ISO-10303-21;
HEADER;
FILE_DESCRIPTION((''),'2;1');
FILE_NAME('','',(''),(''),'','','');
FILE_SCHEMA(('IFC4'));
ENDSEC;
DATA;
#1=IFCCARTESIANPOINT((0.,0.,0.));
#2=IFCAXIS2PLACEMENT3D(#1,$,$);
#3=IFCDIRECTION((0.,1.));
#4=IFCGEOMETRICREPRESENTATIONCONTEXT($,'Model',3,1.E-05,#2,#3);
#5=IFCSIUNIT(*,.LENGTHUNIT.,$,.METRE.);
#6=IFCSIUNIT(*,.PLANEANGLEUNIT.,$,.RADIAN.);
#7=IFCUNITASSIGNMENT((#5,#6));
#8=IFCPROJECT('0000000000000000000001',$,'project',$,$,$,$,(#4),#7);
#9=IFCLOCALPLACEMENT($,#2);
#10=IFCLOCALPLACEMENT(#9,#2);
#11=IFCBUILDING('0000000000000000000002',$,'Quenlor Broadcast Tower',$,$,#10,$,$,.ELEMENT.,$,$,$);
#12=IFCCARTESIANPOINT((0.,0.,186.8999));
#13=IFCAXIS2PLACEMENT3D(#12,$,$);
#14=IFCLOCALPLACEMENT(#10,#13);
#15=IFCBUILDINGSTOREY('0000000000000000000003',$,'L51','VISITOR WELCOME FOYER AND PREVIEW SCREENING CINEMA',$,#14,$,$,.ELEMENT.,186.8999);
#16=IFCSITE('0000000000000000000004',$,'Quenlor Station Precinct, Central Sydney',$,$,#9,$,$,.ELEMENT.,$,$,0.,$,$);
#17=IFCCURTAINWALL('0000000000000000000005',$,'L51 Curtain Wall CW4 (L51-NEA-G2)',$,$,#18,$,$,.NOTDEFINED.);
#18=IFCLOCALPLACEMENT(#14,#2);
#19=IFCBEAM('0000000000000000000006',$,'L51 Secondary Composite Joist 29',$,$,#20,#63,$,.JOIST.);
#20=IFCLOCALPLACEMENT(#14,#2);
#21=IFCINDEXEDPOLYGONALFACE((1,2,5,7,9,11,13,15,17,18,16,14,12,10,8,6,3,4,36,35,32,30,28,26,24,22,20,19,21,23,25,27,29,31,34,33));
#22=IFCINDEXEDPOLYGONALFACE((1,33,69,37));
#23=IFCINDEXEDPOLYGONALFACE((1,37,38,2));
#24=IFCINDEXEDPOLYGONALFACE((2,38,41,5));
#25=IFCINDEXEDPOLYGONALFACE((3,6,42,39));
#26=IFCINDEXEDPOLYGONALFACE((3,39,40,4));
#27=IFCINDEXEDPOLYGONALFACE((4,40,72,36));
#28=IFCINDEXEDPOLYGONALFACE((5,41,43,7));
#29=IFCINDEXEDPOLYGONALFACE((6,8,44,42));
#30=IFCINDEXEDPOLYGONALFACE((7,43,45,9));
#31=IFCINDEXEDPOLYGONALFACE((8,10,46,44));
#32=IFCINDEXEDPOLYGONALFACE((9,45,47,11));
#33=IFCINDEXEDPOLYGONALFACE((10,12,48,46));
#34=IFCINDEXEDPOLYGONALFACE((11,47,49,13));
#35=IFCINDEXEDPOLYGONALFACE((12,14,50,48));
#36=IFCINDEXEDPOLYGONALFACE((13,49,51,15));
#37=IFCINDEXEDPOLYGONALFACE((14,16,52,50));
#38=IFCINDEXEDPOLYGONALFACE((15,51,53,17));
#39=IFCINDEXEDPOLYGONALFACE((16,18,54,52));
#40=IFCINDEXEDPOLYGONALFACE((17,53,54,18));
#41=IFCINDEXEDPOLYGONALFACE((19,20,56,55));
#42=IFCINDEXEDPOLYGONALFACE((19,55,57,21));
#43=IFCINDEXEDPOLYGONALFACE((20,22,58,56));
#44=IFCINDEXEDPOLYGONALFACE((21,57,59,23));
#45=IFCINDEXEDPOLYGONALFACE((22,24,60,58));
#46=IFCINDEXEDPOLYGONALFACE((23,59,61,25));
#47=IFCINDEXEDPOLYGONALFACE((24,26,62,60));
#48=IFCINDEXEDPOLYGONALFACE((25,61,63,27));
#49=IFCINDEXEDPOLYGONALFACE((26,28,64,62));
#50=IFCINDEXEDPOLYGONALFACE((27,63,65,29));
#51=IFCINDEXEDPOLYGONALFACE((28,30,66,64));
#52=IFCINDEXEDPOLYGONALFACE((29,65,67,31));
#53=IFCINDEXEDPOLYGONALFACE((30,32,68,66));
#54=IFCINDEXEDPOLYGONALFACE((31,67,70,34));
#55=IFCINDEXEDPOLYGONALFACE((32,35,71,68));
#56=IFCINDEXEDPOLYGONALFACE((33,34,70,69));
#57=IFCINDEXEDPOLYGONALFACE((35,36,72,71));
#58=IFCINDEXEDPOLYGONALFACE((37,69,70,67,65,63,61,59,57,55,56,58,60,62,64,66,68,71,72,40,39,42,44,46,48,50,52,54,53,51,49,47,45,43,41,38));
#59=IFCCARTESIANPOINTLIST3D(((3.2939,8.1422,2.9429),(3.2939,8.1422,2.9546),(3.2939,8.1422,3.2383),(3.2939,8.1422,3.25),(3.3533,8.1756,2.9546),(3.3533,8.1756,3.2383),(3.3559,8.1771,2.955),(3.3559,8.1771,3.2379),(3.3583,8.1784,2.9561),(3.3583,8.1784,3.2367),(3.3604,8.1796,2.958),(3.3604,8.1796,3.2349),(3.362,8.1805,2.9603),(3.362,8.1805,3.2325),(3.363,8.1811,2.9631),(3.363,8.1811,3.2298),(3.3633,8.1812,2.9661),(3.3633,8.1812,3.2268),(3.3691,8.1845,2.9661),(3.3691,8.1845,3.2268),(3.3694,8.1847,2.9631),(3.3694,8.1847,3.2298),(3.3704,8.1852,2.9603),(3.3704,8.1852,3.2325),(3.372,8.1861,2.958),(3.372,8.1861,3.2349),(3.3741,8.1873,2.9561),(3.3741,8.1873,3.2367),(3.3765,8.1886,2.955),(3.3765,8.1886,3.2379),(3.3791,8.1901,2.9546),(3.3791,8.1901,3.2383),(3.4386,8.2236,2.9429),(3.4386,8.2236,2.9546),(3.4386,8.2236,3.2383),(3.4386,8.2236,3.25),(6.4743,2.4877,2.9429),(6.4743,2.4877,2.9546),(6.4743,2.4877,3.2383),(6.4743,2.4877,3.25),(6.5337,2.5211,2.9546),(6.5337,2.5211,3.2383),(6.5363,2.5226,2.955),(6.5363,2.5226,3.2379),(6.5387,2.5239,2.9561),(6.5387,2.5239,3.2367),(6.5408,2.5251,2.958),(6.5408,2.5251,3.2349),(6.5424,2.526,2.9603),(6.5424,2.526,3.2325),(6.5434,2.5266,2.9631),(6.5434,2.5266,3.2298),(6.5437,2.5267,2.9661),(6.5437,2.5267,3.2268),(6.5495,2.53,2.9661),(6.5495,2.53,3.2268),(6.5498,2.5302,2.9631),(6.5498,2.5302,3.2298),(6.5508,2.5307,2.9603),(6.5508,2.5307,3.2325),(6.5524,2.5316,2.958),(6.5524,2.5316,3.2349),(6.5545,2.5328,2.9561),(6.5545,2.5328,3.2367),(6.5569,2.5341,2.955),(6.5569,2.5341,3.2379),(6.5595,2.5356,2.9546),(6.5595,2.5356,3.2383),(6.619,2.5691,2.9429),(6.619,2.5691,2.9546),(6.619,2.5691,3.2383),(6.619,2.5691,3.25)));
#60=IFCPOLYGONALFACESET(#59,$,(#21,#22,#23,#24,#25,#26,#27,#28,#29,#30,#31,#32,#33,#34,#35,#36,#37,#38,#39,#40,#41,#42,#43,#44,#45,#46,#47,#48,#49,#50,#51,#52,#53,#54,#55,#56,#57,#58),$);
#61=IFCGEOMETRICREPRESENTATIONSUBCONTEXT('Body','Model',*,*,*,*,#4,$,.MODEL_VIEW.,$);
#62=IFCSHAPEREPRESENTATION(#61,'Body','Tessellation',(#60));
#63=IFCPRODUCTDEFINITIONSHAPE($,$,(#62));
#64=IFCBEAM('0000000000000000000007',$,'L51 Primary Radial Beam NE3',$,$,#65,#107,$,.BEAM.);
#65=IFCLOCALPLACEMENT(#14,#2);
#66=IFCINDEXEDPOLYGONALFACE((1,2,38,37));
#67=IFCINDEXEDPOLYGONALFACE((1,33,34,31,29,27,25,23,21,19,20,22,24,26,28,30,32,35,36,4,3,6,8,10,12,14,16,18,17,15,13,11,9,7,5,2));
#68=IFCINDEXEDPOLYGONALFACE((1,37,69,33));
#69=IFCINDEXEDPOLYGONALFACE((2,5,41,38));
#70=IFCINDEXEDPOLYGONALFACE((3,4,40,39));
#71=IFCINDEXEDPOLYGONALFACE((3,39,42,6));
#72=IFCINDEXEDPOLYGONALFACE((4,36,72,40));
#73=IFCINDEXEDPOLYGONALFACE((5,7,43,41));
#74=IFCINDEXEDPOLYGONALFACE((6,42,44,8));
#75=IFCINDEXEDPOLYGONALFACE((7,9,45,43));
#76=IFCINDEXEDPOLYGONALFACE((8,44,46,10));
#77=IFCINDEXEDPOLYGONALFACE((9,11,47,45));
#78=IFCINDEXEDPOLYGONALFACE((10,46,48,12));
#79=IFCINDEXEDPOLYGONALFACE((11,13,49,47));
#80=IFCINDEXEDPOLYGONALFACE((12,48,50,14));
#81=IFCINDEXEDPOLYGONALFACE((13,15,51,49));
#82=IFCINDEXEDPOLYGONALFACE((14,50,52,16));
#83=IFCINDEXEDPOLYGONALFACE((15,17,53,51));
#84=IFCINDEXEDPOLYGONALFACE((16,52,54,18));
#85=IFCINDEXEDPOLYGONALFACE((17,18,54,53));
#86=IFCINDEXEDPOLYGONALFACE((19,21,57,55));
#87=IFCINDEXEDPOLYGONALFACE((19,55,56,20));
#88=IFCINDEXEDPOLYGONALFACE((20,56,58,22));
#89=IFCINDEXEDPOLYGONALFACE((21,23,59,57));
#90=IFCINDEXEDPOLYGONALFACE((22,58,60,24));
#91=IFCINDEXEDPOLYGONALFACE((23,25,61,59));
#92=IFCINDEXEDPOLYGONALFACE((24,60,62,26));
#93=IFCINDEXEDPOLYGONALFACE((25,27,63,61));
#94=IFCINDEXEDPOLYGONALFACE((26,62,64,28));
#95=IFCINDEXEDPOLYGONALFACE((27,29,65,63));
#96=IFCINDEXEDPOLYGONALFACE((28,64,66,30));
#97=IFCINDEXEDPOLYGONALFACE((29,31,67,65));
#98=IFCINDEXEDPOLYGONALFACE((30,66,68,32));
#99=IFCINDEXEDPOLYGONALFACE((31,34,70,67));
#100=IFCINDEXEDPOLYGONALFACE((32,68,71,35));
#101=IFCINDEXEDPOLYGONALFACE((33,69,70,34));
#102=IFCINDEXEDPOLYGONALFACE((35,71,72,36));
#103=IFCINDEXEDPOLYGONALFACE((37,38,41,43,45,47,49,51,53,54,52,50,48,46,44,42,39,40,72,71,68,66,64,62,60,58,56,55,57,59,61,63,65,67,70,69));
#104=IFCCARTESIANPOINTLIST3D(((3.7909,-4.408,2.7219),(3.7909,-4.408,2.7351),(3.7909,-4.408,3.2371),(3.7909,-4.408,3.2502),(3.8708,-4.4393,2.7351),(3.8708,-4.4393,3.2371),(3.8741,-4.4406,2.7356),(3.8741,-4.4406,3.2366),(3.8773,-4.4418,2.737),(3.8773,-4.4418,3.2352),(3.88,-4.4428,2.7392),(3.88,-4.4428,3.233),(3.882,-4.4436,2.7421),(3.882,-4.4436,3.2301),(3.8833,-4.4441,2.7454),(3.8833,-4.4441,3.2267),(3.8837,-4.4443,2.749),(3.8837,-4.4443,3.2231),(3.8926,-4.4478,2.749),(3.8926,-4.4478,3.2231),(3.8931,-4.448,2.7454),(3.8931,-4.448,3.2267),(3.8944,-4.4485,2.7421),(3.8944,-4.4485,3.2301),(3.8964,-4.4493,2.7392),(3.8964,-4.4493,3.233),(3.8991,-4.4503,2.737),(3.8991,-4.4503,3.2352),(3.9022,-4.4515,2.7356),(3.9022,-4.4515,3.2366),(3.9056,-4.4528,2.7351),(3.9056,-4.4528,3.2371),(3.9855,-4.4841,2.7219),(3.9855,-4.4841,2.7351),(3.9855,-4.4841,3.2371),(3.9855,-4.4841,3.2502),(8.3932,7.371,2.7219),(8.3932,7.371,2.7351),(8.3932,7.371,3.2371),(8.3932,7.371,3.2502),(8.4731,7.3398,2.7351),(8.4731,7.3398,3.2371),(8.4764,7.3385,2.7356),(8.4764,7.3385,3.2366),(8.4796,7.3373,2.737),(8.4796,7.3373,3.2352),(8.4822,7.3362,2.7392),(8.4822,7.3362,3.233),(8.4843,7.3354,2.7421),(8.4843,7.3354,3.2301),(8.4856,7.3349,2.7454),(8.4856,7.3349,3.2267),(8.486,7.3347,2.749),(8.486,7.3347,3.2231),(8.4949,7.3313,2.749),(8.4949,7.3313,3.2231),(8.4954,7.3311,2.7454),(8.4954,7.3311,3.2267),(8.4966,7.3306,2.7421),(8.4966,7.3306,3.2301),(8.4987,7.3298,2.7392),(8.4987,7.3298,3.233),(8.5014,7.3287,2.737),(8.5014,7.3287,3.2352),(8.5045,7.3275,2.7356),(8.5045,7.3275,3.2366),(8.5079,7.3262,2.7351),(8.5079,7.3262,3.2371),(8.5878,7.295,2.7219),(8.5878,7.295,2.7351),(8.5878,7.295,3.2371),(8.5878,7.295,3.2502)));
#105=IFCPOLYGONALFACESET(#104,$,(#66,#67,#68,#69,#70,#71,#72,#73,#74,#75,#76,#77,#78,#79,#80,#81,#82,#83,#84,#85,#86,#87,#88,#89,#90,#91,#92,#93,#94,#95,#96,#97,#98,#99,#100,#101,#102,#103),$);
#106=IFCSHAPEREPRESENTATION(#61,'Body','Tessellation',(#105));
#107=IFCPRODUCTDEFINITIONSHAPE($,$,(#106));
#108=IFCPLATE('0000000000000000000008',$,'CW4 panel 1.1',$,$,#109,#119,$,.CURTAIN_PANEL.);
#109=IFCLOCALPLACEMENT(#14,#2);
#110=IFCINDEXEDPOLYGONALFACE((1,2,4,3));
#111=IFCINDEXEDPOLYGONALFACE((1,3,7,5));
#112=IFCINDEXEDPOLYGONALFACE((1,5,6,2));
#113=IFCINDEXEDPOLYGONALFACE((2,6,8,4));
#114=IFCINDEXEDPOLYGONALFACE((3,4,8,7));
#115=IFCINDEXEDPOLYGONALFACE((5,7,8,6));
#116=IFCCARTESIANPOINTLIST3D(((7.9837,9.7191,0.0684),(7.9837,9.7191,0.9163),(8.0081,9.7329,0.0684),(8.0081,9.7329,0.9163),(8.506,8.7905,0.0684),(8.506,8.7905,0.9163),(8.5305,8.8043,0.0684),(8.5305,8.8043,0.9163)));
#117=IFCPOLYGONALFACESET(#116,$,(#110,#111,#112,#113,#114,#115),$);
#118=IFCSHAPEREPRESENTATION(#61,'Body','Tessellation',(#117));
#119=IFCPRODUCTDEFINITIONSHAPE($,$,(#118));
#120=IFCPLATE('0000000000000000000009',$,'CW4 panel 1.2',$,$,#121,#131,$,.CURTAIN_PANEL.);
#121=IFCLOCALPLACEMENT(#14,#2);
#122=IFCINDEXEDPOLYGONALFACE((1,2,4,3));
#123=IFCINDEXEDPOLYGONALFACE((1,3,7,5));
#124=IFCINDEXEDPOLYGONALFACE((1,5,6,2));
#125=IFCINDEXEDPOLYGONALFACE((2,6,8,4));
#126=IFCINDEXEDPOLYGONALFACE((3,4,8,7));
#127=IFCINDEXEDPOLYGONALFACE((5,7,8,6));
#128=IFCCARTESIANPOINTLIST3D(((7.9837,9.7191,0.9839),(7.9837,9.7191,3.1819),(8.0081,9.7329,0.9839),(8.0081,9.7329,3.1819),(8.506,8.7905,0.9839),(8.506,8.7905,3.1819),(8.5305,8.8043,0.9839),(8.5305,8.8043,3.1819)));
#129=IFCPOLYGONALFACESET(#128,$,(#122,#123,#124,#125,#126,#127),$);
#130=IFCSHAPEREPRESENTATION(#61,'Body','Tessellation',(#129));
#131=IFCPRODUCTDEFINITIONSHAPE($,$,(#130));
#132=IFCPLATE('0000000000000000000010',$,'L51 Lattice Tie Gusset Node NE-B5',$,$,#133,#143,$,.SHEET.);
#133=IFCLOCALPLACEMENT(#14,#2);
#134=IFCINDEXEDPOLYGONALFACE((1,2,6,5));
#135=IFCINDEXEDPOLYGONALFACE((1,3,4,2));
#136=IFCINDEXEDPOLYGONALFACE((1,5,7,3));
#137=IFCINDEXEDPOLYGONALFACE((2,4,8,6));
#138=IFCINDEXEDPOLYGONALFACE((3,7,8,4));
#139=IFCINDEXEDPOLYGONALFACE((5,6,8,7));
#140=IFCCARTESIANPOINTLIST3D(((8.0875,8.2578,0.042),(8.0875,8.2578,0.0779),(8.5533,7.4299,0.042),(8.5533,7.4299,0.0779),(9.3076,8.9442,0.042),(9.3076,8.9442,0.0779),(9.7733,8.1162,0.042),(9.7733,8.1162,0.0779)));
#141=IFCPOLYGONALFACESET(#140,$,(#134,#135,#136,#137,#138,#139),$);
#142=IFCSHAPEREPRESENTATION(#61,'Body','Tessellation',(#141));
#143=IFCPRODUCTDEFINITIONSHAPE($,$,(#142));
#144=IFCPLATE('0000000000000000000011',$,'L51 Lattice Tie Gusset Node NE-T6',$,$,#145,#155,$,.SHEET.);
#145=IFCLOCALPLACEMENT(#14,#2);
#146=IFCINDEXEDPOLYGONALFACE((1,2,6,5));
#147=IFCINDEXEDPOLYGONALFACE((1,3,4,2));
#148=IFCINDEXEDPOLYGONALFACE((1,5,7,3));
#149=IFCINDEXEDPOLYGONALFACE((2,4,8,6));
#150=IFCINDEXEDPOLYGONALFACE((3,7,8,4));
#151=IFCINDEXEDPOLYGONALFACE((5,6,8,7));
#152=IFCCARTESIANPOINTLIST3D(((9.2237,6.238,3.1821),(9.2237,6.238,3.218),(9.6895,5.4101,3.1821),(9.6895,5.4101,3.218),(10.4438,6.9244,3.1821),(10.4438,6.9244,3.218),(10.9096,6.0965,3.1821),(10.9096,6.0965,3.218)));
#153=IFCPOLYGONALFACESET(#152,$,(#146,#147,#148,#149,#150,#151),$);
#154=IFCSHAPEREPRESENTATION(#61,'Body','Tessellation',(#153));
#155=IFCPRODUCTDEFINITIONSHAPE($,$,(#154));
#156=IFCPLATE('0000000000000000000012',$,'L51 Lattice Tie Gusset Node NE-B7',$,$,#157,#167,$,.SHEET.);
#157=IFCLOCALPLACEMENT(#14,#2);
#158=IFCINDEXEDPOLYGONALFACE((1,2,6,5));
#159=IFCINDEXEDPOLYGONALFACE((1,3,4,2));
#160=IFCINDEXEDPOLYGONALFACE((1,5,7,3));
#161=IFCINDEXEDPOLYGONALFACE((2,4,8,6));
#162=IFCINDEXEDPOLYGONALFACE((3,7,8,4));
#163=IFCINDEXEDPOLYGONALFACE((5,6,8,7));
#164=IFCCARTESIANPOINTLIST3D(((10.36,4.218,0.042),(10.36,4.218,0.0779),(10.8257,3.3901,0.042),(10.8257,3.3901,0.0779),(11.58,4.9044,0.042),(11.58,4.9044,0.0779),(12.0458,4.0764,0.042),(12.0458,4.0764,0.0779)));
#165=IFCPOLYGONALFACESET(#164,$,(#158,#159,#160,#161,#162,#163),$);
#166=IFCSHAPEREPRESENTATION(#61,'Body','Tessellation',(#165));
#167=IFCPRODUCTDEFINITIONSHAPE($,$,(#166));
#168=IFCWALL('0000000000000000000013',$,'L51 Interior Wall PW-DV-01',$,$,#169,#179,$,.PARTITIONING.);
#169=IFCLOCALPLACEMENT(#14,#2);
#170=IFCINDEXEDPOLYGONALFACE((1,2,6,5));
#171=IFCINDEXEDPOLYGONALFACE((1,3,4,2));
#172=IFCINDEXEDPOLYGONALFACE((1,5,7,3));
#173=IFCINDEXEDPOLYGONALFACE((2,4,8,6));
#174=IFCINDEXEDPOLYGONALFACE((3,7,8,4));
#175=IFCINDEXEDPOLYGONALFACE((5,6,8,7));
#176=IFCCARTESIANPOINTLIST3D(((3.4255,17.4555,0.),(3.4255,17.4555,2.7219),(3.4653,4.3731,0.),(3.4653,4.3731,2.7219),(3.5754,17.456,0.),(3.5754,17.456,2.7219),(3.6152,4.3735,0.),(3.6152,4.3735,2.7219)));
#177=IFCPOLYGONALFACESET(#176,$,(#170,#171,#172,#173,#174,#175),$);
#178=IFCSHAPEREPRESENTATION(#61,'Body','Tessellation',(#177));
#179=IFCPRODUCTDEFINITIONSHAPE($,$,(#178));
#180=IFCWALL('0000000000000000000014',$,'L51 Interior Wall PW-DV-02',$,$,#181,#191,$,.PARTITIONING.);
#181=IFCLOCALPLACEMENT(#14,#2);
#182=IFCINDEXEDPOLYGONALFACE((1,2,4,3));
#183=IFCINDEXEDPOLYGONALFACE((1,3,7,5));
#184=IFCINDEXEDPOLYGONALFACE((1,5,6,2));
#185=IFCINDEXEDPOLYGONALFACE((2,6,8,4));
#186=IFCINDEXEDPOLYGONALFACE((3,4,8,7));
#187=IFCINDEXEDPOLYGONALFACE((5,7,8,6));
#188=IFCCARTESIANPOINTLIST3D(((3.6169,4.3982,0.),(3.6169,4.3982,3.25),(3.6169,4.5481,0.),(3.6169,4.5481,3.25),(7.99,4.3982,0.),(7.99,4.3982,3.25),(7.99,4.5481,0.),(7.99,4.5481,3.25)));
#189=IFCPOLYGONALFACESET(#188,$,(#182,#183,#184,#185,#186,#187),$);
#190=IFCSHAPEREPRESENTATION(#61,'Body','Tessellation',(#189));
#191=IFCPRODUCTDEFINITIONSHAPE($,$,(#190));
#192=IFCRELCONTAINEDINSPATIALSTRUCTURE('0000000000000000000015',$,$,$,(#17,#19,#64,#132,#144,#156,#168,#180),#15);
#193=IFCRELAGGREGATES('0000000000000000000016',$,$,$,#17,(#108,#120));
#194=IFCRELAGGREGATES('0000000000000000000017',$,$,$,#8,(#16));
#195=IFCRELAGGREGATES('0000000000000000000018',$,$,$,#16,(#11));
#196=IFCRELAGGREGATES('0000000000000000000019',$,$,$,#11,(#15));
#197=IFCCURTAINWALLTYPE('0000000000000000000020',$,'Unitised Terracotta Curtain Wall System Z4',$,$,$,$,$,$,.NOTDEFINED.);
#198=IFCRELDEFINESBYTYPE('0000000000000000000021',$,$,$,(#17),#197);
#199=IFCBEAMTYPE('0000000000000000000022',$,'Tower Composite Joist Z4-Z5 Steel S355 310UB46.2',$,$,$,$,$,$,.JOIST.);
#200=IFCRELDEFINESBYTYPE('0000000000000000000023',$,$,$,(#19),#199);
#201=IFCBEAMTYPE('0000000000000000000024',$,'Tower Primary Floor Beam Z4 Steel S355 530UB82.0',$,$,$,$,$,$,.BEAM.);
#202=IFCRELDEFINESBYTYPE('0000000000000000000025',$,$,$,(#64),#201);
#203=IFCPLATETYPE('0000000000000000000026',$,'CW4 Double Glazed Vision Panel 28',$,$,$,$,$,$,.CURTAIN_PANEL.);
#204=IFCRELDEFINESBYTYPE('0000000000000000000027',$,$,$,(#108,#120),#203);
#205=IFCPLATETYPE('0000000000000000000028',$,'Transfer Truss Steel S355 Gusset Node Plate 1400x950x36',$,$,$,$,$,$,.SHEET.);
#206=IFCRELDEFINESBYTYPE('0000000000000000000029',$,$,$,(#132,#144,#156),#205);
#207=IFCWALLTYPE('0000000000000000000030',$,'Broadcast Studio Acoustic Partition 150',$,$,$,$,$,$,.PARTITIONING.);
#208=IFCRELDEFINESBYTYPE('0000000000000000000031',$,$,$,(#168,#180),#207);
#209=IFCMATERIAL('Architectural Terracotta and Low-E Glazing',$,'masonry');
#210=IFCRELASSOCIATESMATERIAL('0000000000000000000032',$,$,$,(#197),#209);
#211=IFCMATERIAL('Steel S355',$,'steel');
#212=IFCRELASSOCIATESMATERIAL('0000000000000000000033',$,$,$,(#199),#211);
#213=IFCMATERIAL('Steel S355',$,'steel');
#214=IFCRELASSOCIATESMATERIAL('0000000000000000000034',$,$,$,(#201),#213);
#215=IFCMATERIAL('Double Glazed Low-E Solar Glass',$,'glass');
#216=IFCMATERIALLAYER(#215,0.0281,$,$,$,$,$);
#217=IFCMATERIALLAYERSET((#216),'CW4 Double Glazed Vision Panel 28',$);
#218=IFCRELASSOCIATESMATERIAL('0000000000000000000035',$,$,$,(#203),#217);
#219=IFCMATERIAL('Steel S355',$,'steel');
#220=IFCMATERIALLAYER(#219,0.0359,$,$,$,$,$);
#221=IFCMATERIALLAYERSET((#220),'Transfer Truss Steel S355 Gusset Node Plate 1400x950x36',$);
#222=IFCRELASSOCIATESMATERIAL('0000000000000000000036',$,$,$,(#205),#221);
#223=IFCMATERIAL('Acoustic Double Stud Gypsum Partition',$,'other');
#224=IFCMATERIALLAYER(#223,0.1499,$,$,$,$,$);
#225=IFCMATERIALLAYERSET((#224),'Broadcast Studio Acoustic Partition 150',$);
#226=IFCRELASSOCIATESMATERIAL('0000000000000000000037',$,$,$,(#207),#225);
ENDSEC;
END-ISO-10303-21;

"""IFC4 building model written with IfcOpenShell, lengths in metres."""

from ifc_helpers import new_model, si_unit, direction, frame, frame_2d, origin, origin_2d, place, context, subcontext, project, spatial, rectangle, i_section, extrude, material, layer, layer_set, material_profile, profile_set, type_object, element, aggregate, save


model = new_model("IFC4")

# Units and contexts
model_context = context("Model", 3, precision=1e-05, world=origin(), true_north=direction((0.0, 1.0)))
body_context = subcontext(model_context, "Body", "Model", "MODEL_VIEW")
ifc_project = project(units=[si_unit("LENGTHUNIT", "METRE"), si_unit("PLANEANGLEUNIT", "RADIAN")], contexts=[model_context])

# Site, building, storey
site_placement = place(None, origin())
site = spatial("IfcSite", under=ifc_project, at=site_placement, Name="Quenlor Station Precinct, Central Sydney", CompositionType="ELEMENT", RefElevation=0.0)
building_placement = place(site_placement, origin())
building = spatial("IfcBuilding", under=site, at=building_placement, Name="Quenlor Broadcast Tower", CompositionType="ELEMENT")
storey_placement = place(building_placement, frame((0.0, 0.0, 186.8999)))
storey = spatial("IfcBuildingStorey", under=building, at=storey_placement, Name="L51", Description="VISITOR WELCOME FOYER AND PREVIEW SCREENING CINEMA", CompositionType="ELEMENT", Elevation=186.8999)

# Curtain wall
ifc_material_1 = material(Name="Architectural Terracotta and Low-E Glazing", Category="masonry")
curtain_wall_type = type_object("IfcCurtainWallType", Name="Unitised Terracotta Curtain Wall System Z4", PredefinedType="NOTDEFINED", material=ifc_material_1)
curtain_wall_1_placement = place(storey_placement, origin())
curtain_wall_1 = element("IfcCurtainWall", 1, at=curtain_wall_1_placement, inside=storey, type_object=curtain_wall_type, Name="L51 Curtain Wall CW4 (L51-NEA-G2)", PredefinedType="NOTDEFINED")

# Beams
ifc_material_2 = material(Name="Steel S355", Category="steel")
ifc_material_profile_1 = material_profile(ifc_material_2, i_section(OverallWidth=0.166, OverallDepth=0.3071, WebThickness=0.0066, FlangeThickness=0.0117, FilletRadius=0.0115, at=origin_2d()))
ifc_profile_set_1 = profile_set([ifc_material_profile_1], Name="Steel S355 310UB46.2")
beam_type_1 = type_object("IfcBeamType", Name="Tower Composite Joist Z4-Z5 Steel S355 310UB46.2", PredefinedType="JOIST", material=ifc_profile_set_1)
beam_1_placement = place(storey_placement, frame((3.3662, 8.1829, 3.0964), z_axis=(0.490231, -0.871593, 0.0), x_axis=(0.871593, 0.490231, 0.0)))
element("IfcBeam", 2, at=beam_1_placement, inside=storey, type_object=beam_type_1, Name="L51 Secondary Composite Joist 29", PredefinedType="JOIST", context=body_context, shape_type="SweptSolid", body=[
    extrude(i_section(OverallWidth=0.166, OverallDepth=0.3071, WebThickness=0.0066, FlangeThickness=0.0117, FilletRadius=0.0115, at=origin_2d()), origin(), (0.0, 0.0, 1.0), 6.4875),
])
ifc_material_3 = material(Name="Steel S355", Category="steel")
ifc_material_profile_2 = material_profile(ifc_material_3, i_section(OverallWidth=0.209, OverallDepth=0.5283, WebThickness=0.0095, FlangeThickness=0.0132, FilletRadius=0.0139, at=origin_2d()))
ifc_profile_set_2 = profile_set([ifc_material_profile_2], Name="Steel S355 530UB82.0")
beam_type_2 = type_object("IfcBeamType", Name="Tower Primary Floor Beam Z4 Steel S355 530UB82.0", PredefinedType="BEAM", material=ifc_profile_set_2)
beam_2_placement = place(storey_placement, frame((8.4905, 7.333, 2.9861), z_axis=(-0.363926, -0.931428, 0.0), x_axis=(0.931428, -0.363926, 0.0)))
element("IfcBeam", 3, at=beam_2_placement, inside=storey, type_object=beam_type_2, Name="L51 Primary Radial Beam NE3", PredefinedType="BEAM", context=body_context, shape_type="SweptSolid", body=[
    extrude(i_section(OverallWidth=0.209, OverallDepth=0.5283, WebThickness=0.0095, FlangeThickness=0.0132, FilletRadius=0.0139, at=origin_2d()), origin(), (0.0, 0.0, 1.0), 12.6462),
])

# Plates
ifc_material_4 = material(Name="Double Glazed Low-E Solar Glass", Category="glass")
ifc_layer_1 = layer(ifc_material_4, 0.0281)
ifc_layer_set_1 = layer_set([ifc_layer_1], Name="CW4 Double Glazed Vision Panel 28")
plate_type_1 = type_object("IfcPlateType", Name="CW4 Double Glazed Vision Panel 28", PredefinedType="CURTAIN_PANEL", material=ifc_layer_set_1)
plate_1_placement = place(storey_placement, frame((8.2571, 9.2617, 0.0684), z_axis=(0.0, 0.0, 1.0), x_axis=(0.490293, -0.871558, 0.0)))
plate_1 = element("IfcPlate", 4, at=plate_1_placement, type_object=plate_type_1, Name="CW4 panel 1.1", PredefinedType="CURTAIN_PANEL", context=body_context, shape_type="SweptSolid", body=[
    extrude(rectangle(XDim=1.0654, YDim=0.0281, at=origin_2d()), origin(), (0.0, 0.0, 1.0), 0.8479),
])
plate_2_placement = place(storey_placement, frame((8.2571, 9.2617, 0.9839), z_axis=(0.0, 0.0, 1.0), x_axis=(0.490293, -0.871558, 0.0)))
plate_2 = element("IfcPlate", 5, at=plate_2_placement, type_object=plate_type_1, Name="CW4 panel 1.2", PredefinedType="CURTAIN_PANEL", context=body_context, shape_type="SweptSolid", body=[
    extrude(rectangle(XDim=1.0654, YDim=0.0281, at=origin_2d()), origin(), (0.0, 0.0, 1.0), 2.198),
])
aggregate(curtain_wall_1, [plate_1, plate_2])

# Plates
ifc_material_5 = material(Name="Steel S355", Category="steel")
ifc_layer_2 = layer(ifc_material_5, 0.0359)
ifc_layer_set_2 = layer_set([ifc_layer_2], Name="Transfer Truss Steel S355 Gusset Node Plate 1400x950x36")
plate_type_2 = type_object("IfcPlateType", Name="Transfer Truss Steel S355 Gusset Node Plate 1400x950x36", PredefinedType="SHEET", material=ifc_layer_set_2)
for number, where, z_axis, x_axis, name in (
    (6, (8.9304, 8.187, 0.042), (0.0, 0.0, 1.0), (0.871556, 0.490295, 0.0), "L51 Lattice Tie Gusset Node NE-B5"),
    (7, (10.0667, 6.1672, 3.1821), (0.0, 0.0, 1.0), (0.871556, 0.490295, 0.0), "L51 Lattice Tie Gusset Node NE-T6"),
    (8, (11.2029, 4.1472, 0.042), (0.0, 0.0, 1.0), (0.871556, 0.490295, 0.0), "L51 Lattice Tie Gusset Node NE-B7"),
):
    element("IfcPlate", number, at=place(storey_placement, frame(where, z_axis=z_axis, x_axis=x_axis)), inside=storey, type_object=plate_type_2, Name=name, PredefinedType="SHEET", context=body_context, shape_type="SweptSolid", body=[
        extrude(rectangle(XDim=1.3999, YDim=0.95, at=origin_2d()), origin(), (0.0, 0.0, 1.0), 0.0359),
    ])

# Walls
ifc_material_6 = material(Name="Acoustic Double Stud Gypsum Partition", Category="other")
ifc_layer_3 = layer(ifc_material_6, 0.1499)
ifc_layer_set_3 = layer_set([ifc_layer_3], Name="Broadcast Studio Acoustic Partition 150")
wall_type_1 = type_object("IfcWallType", Name="Broadcast Studio Acoustic Partition 150", PredefinedType="PARTITIONING", material=ifc_layer_set_3)
wall_1_placement = place(storey_placement, frame((3.5403, 4.3733, 0.0), z_axis=(0.0, 0.0, 1.0), x_axis=(-0.003042, 0.999995, 0.0)))
element("IfcWall", 9, at=wall_1_placement, inside=storey, type_object=wall_type_1, Name="L51 Interior Wall PW-DV-01", PredefinedType="PARTITIONING", context=body_context, shape_type="SweptSolid", body=[
    extrude(rectangle(XDim=13.0825, YDim=0.1499, at=frame_2d((6.5413, 0.0))), origin(), (0.0, 0.0, 1.0), 2.7219),
])
wall_2_placement = place(storey_placement, frame((7.99, 4.4731, 0.0), z_axis=(0.0, 0.0, 1.0), x_axis=(-1.0, 0.0, 0.0)))
element("IfcWall", 10, at=wall_2_placement, inside=storey, type_object=wall_type_1, Name="L51 Interior Wall PW-DV-02", PredefinedType="PARTITIONING", context=body_context, shape_type="SweptSolid", body=[
    extrude(rectangle(XDim=4.373, YDim=0.1499, at=frame_2d((2.1865, 0.0))), origin(), (0.0, 0.0, 1.0), 3.25),
])

save(model, "model.ifc")
